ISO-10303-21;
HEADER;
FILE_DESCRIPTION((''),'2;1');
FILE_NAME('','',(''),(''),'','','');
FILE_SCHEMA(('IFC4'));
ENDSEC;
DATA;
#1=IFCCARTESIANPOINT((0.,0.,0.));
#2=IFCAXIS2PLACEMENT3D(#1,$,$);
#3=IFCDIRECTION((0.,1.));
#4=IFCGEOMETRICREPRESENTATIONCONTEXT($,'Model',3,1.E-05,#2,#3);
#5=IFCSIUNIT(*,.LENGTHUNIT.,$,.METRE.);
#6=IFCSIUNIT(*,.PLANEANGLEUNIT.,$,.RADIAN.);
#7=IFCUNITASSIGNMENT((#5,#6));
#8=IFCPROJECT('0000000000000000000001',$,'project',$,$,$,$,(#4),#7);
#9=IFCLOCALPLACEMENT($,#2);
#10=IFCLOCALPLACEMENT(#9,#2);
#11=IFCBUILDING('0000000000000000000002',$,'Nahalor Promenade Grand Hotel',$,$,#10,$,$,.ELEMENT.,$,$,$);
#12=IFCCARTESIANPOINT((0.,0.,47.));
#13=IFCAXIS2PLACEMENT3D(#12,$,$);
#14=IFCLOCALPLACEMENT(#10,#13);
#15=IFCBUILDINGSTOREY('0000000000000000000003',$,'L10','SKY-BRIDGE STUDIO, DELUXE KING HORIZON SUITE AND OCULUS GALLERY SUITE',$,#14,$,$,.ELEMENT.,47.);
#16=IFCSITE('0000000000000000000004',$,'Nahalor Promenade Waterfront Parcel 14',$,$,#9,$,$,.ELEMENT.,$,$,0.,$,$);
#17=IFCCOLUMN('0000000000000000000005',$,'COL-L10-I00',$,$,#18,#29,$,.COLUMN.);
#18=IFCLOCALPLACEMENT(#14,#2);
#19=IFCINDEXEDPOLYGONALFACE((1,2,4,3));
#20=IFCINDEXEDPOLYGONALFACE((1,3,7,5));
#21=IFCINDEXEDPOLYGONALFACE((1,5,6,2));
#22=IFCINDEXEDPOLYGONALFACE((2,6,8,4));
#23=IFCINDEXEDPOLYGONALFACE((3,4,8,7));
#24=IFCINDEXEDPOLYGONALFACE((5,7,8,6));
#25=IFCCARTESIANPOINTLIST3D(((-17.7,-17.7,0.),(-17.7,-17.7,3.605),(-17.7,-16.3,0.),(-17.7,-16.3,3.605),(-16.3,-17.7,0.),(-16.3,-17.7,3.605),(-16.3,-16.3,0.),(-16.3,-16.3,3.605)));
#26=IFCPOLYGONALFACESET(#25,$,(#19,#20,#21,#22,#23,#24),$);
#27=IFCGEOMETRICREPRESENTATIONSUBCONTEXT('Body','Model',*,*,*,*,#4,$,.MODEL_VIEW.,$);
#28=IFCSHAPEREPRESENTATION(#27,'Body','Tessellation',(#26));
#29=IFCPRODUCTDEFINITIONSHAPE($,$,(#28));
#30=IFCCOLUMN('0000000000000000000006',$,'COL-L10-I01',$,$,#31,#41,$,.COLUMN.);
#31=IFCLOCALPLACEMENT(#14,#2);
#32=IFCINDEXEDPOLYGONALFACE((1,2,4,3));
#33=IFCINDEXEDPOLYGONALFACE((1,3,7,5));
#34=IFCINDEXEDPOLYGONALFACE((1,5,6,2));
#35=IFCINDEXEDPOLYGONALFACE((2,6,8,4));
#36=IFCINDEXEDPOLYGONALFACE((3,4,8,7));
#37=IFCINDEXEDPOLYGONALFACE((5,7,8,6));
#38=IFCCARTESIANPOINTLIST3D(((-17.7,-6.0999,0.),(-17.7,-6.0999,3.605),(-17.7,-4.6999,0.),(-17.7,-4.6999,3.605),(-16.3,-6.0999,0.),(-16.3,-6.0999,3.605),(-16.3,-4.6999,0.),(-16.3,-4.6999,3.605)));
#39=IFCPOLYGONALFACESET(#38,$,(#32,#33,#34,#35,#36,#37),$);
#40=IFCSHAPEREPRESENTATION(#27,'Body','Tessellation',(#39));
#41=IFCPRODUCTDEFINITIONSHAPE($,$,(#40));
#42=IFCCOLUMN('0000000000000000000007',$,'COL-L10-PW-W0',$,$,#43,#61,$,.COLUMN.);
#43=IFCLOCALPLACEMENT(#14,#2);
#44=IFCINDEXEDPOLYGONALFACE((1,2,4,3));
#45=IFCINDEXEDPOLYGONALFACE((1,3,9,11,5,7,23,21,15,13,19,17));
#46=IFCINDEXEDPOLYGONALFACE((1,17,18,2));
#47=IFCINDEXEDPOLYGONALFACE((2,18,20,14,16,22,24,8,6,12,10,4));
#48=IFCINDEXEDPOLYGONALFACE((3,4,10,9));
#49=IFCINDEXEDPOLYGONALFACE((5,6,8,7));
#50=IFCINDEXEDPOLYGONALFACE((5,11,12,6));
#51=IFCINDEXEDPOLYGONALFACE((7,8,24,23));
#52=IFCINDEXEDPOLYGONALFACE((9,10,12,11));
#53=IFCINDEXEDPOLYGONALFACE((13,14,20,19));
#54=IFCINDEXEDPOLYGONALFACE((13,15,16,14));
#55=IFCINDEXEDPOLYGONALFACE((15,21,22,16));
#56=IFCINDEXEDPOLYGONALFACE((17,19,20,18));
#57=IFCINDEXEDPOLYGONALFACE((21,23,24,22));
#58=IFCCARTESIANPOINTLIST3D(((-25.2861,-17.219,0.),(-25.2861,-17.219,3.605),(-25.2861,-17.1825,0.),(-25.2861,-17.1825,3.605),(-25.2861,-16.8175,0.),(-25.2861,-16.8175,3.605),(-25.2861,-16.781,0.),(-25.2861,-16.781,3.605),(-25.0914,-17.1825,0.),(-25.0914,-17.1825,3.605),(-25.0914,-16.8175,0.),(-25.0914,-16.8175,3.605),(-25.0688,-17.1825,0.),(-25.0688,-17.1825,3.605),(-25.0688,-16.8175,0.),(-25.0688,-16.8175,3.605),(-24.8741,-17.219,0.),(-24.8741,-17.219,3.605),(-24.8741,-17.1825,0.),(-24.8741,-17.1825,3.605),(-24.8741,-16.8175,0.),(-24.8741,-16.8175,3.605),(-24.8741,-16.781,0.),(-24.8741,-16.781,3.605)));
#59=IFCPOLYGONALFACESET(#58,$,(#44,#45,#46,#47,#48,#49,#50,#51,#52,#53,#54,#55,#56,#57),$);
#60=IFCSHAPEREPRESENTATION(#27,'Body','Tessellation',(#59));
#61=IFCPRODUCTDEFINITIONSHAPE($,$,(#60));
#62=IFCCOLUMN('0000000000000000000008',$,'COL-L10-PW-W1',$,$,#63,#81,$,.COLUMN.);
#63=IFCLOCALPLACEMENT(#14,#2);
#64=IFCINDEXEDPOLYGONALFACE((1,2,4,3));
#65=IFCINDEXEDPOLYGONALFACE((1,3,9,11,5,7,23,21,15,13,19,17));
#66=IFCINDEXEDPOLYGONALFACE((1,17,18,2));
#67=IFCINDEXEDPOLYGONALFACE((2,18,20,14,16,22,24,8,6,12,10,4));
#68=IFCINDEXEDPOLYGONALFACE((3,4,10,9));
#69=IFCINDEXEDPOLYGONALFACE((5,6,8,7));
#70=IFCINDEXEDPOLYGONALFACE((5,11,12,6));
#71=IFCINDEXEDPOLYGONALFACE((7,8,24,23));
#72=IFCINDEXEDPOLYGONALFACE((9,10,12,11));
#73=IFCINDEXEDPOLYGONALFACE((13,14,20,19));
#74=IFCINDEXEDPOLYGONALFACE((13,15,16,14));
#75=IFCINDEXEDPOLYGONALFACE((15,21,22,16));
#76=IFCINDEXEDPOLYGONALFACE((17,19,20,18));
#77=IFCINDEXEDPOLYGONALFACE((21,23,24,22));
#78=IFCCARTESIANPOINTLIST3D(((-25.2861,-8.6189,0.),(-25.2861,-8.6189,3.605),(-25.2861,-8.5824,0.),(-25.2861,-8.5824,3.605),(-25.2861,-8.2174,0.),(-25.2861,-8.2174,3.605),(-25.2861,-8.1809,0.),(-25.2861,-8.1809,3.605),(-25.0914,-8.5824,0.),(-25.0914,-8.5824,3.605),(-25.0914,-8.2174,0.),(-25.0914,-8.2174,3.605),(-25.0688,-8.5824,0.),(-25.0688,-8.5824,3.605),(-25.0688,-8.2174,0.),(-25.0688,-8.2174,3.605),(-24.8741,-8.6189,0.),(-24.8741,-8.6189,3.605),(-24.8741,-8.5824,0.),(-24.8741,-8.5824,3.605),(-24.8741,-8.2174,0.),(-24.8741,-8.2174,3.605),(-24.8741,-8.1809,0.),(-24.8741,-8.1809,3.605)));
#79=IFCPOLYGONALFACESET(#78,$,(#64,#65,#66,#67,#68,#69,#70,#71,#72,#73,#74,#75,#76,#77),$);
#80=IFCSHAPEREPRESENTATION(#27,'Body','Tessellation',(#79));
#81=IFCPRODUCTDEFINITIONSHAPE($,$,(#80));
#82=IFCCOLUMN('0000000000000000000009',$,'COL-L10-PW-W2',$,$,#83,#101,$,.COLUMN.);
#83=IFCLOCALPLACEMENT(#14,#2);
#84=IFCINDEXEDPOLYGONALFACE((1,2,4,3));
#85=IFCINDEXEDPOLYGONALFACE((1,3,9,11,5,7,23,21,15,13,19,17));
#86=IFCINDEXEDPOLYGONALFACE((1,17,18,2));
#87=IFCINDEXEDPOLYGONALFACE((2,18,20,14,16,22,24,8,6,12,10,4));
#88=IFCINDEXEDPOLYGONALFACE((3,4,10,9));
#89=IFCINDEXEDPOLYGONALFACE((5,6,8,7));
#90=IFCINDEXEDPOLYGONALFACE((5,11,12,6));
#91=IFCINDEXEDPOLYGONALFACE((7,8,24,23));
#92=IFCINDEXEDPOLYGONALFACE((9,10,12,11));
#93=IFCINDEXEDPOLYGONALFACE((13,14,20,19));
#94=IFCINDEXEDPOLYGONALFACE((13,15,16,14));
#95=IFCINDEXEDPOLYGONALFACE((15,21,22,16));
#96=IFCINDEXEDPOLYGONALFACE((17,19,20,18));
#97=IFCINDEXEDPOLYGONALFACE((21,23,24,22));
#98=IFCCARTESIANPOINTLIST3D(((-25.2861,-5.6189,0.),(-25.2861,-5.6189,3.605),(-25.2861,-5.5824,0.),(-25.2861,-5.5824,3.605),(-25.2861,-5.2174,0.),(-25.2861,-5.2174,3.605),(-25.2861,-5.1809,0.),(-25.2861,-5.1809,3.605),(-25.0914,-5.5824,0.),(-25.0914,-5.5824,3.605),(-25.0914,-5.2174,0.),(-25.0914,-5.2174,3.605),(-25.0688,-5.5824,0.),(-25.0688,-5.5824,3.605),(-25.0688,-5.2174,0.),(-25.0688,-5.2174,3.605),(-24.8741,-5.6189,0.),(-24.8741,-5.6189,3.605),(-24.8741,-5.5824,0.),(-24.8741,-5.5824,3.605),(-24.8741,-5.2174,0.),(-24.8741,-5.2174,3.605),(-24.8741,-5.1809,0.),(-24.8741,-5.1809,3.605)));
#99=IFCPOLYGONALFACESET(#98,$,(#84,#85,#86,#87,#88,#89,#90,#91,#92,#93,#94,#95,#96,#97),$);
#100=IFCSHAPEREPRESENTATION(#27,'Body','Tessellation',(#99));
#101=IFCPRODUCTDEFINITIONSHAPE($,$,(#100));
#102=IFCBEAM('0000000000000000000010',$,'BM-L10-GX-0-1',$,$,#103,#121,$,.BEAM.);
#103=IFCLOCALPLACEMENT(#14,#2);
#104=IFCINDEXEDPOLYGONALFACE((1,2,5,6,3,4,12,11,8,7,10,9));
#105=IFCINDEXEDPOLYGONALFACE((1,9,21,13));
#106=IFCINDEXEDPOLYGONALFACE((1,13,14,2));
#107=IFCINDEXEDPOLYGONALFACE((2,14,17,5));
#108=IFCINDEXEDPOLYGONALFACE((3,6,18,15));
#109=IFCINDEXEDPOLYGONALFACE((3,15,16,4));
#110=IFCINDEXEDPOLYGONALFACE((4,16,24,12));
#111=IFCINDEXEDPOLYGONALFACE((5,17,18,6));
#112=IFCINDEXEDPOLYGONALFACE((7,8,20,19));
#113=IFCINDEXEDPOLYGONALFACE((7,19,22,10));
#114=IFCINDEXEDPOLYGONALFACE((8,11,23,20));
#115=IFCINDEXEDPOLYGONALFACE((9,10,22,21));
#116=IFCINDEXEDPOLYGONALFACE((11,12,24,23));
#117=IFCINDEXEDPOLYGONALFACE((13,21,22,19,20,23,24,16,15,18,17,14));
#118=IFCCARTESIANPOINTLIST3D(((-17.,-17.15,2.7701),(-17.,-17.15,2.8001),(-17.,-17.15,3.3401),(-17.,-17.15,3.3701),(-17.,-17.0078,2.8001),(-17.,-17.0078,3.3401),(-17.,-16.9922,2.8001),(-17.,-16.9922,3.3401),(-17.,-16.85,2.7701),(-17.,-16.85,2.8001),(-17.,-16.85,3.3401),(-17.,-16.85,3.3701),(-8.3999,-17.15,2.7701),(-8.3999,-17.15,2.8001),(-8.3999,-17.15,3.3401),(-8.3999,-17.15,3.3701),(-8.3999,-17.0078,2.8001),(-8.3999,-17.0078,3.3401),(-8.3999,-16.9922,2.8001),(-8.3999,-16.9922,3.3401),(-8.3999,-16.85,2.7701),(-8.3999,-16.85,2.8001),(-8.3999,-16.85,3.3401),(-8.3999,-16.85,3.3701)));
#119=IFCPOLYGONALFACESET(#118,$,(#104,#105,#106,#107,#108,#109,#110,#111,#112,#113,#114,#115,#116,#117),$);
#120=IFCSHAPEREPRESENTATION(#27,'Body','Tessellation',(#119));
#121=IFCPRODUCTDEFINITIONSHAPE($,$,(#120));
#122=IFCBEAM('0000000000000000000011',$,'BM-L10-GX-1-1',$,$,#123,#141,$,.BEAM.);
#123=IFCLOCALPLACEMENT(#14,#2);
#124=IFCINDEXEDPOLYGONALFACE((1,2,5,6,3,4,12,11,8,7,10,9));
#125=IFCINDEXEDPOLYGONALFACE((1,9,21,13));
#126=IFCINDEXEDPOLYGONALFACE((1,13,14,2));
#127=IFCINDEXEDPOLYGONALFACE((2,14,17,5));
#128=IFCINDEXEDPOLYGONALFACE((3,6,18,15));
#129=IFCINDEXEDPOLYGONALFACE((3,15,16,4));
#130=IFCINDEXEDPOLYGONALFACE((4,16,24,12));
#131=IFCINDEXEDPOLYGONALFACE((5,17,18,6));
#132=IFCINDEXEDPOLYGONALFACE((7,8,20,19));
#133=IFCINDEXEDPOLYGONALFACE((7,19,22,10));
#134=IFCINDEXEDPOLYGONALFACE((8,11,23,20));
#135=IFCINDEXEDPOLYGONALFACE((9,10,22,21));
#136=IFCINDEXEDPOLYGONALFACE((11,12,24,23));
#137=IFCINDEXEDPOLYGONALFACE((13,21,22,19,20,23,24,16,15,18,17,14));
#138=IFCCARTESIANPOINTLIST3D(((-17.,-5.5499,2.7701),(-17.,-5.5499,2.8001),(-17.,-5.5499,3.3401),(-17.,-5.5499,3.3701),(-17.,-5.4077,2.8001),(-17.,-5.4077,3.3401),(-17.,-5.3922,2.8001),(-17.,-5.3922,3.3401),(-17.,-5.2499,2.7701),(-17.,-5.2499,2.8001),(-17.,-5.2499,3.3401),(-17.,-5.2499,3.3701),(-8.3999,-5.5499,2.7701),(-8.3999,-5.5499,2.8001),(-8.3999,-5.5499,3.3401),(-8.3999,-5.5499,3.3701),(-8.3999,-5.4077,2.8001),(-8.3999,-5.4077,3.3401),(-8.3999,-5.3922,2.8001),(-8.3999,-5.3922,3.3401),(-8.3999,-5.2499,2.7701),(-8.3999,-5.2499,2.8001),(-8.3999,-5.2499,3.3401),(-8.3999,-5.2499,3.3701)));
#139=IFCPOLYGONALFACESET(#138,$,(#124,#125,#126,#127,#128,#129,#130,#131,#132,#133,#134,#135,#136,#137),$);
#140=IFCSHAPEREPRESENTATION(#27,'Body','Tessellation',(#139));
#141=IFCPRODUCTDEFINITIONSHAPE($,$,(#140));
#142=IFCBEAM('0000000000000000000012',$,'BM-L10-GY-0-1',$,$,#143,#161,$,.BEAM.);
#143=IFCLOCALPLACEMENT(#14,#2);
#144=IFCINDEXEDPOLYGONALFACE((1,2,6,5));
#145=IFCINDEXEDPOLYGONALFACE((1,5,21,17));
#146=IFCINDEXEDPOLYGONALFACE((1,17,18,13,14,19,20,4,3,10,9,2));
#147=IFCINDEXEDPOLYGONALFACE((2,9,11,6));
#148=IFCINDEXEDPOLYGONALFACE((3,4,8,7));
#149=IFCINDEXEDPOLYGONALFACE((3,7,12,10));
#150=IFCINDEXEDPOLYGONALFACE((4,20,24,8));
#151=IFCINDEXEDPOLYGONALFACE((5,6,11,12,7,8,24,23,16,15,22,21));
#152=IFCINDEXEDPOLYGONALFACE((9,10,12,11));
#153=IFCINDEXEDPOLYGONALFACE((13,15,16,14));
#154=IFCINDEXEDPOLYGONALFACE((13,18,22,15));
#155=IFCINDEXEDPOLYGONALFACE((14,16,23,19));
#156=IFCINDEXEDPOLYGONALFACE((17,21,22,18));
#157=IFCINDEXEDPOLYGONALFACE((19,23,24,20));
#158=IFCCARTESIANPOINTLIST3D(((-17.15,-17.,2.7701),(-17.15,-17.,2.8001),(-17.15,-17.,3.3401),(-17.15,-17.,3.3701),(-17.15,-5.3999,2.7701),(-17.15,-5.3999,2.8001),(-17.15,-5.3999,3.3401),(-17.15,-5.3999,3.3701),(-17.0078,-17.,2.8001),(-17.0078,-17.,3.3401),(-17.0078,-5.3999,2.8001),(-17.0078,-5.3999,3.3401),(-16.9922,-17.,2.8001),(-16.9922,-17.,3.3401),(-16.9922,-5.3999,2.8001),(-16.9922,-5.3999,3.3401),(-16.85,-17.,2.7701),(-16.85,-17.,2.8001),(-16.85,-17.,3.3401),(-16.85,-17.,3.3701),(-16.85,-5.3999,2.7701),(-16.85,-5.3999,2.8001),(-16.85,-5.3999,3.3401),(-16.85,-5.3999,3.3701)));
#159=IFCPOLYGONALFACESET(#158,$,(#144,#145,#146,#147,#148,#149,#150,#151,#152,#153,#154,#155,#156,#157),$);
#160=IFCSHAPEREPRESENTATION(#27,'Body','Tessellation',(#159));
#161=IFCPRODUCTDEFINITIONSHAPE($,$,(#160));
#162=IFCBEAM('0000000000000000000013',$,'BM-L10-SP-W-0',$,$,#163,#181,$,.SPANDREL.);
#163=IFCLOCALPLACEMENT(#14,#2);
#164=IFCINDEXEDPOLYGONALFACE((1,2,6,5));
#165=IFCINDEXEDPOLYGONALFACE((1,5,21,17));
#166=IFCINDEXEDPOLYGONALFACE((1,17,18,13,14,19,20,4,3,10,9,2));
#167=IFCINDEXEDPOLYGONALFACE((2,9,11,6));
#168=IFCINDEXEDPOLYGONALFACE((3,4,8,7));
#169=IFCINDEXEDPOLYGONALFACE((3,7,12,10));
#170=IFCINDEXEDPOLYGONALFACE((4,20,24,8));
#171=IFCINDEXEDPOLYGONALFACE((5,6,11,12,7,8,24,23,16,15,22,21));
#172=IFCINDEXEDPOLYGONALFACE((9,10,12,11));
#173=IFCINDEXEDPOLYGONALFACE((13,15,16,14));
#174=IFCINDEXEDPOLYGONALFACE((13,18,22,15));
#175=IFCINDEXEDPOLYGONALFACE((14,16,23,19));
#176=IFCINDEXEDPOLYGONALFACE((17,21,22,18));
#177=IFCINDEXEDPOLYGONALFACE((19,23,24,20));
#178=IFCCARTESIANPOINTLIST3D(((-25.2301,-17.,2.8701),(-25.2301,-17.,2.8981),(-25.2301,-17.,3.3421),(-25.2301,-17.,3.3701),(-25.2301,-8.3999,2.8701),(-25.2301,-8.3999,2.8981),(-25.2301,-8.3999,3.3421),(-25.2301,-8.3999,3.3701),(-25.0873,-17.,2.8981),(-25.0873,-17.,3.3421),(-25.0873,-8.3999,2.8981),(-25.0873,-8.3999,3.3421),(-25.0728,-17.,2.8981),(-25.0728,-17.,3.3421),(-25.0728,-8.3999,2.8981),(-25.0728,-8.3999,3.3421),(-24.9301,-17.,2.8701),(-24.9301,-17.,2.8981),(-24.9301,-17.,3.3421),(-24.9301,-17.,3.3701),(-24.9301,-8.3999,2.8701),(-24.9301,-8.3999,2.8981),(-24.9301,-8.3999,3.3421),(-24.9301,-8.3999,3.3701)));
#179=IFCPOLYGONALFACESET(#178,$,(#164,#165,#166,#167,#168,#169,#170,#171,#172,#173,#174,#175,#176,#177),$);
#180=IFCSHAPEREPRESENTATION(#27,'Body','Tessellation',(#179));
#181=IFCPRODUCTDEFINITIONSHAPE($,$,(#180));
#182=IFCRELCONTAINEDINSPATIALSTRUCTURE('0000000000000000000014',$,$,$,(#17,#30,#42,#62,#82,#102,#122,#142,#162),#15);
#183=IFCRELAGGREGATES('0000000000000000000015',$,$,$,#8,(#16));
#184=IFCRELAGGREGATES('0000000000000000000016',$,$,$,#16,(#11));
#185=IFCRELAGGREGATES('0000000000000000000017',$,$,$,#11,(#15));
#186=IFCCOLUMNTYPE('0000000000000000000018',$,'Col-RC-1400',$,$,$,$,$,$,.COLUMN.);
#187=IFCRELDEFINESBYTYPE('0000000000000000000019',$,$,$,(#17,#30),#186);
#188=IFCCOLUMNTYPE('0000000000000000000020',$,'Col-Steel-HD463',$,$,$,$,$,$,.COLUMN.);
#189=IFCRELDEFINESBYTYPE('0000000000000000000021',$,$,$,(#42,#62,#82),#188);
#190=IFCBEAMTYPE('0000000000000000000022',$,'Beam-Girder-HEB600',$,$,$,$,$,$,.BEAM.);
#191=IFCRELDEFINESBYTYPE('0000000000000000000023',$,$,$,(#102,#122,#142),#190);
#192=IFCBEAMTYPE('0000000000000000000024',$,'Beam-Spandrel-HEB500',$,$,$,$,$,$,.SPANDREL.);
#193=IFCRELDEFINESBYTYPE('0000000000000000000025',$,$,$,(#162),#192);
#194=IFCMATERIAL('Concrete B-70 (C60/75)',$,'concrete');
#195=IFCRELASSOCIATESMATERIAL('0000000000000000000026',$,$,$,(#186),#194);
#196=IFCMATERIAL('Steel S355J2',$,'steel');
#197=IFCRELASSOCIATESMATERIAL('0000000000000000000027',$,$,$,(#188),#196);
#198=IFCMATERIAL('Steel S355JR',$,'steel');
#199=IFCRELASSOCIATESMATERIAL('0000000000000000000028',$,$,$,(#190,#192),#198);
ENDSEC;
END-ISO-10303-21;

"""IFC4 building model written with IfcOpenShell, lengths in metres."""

from ifc_helpers import new_model, si_unit, direction, frame, origin, origin_2d, place, context, subcontext, project, spatial, rectangle, i_section, extrude, source, transform, mapped, material, material_profile, profile_set, type_object, element, save


model = new_model("IFC4")

# Units and contexts
model_context = context("Model", 3, precision=1e-05, world=origin(), true_north=direction((0.0, 1.0)))
body_context = subcontext(model_context, "Body", "Model", "MODEL_VIEW")
ifc_project = project(units=[si_unit("LENGTHUNIT", "METRE"), si_unit("PLANEANGLEUNIT", "RADIAN")], contexts=[model_context])

# Site, building, storey
site_placement = place(None, origin())
site = spatial("IfcSite", under=ifc_project, at=site_placement, Name="Nahalor Promenade Waterfront Parcel 14", CompositionType="ELEMENT", RefElevation=0.0)
building_placement = place(site_placement, origin())
building = spatial("IfcBuilding", under=site, at=building_placement, Name="Nahalor Promenade Grand Hotel", CompositionType="ELEMENT")
storey_placement = place(building_placement, frame((0.0, 0.0, 47.0)))
storey = spatial("IfcBuildingStorey", under=building, at=storey_placement, Name="L10", Description="SKY-BRIDGE STUDIO, DELUXE KING HORIZON SUITE AND OCULUS GALLERY SUITE", CompositionType="ELEMENT", Elevation=47.0)

# Columns
ifc_material_1 = material(Name="Concrete B-70 (C60/75)", Category="concrete")
ifc_material_profile_1 = material_profile(ifc_material_1, rectangle(XDim=1.4, YDim=1.4, at=origin_2d()), Name="RC 1400x1400")
ifc_profile_set_1 = profile_set([ifc_material_profile_1], Name="Concrete B-70 (C60/75)")
column_type_1 = type_object("IfcColumnType", Name="Col-RC-1400", PredefinedType="COLUMN", material=ifc_profile_set_1)
shared_shape_1 = source(origin(), body_context, "Body", "SweptSolid", [
    extrude(rectangle(XDim=1.4, YDim=1.4, at=origin_2d()), origin(), (0.0, 0.0, 1.0), 3.605),
])
for number, where, z_axis, x_axis, name in (
    (1, (-17.0, -17.0, 0.0), (0.0, 0.0, 1.0), (1.0, 0.0, 0.0), "COL-L10-I00"),
    (2, (-17.0, -5.3999, 0.0), (0.0, 0.0, 1.0), (1.0, 0.0, 0.0), "COL-L10-I01"),
):
    element("IfcColumn", number, at=place(storey_placement, frame(where, z_axis=z_axis, x_axis=x_axis)), inside=storey, type_object=column_type_1, Name=name, PredefinedType="COLUMN", context=body_context, shape_type="MappedRepresentation", body=[
        mapped(shared_shape_1, transform((0.0, 0.0, 0.0), scale=1.0)),
    ])
ifc_material_2 = material(Name="Steel S355J2", Category="steel")
ifc_material_profile_2 = material_profile(ifc_material_2, i_section(OverallWidth=0.412, OverallDepth=0.438, WebThickness=0.0226, FlangeThickness=0.0365, at=origin_2d()), Name="HD 400x463")
ifc_profile_set_2 = profile_set([ifc_material_profile_2], Name="Steel S355J2")
column_type_2 = type_object("IfcColumnType", Name="Col-Steel-HD463", PredefinedType="COLUMN", material=ifc_profile_set_2)
shared_shape_2 = source(origin(), body_context, "Body", "SweptSolid", [
    extrude(i_section(OverallWidth=0.412, OverallDepth=0.438, WebThickness=0.0226, FlangeThickness=0.0365, at=origin_2d()), origin(), (0.0, 0.0, 1.0), 3.605),
])
for number, where, z_axis, x_axis, name in (
    (3, (-25.0801, -17.0, 0.0), (0.0, 0.0, 1.0), (1.0, 0.0, 0.0), "COL-L10-PW-W0"),
    (4, (-25.0801, -8.3999, 0.0), (0.0, 0.0, 1.0), (1.0, 0.0, 0.0), "COL-L10-PW-W1"),
    (5, (-25.0801, -5.3999, 0.0), (0.0, 0.0, 1.0), (1.0, 0.0, 0.0), "COL-L10-PW-W2"),
):
    element("IfcColumn", number, at=place(storey_placement, frame(where, z_axis=z_axis, x_axis=x_axis)), inside=storey, type_object=column_type_2, Name=name, PredefinedType="COLUMN", context=body_context, shape_type="MappedRepresentation", body=[
        mapped(shared_shape_2, transform((0.0, 0.0, 0.0), scale=1.0)),
    ])

# Beams
ifc_material_3 = material(Name="Steel S355JR", Category="steel")
ifc_material_profile_3 = material_profile(ifc_material_3, i_section(OverallWidth=0.3, OverallDepth=0.6, WebThickness=0.0155, FlangeThickness=0.03, at=origin_2d()), Name="HEB 600")
ifc_profile_set_3 = profile_set([ifc_material_profile_3], Name="Steel S355JR")
beam_type_1 = type_object("IfcBeamType", Name="Beam-Girder-HEB600", PredefinedType="BEAM", material=ifc_profile_set_3)
shared_shape_3 = source(origin(), body_context, "Body", "SweptSolid", [
    extrude(i_section(OverallWidth=0.3, OverallDepth=0.6, WebThickness=0.0155, FlangeThickness=0.03, at=origin_2d()), origin(), (0.0, 0.0, 1.0), 8.6001),
])
for number, where, z_axis, x_axis, name in (
    (6, (-17.0, -17.0, 3.0701), (1.0, 0.0, 0.0), (0.0, 1.0, 0.0), "BM-L10-GX-0-1"),
    (7, (-17.0, -5.3999, 3.0701), (1.0, 0.0, 0.0), (0.0, 1.0, 0.0), "BM-L10-GX-1-1"),
):
    element("IfcBeam", number, at=place(storey_placement, frame(where, z_axis=z_axis, x_axis=x_axis)), inside=storey, type_object=beam_type_1, Name=name, PredefinedType="BEAM", context=body_context, shape_type="MappedRepresentation", body=[
        mapped(shared_shape_3, transform((0.0, 0.0, 0.0), scale=1.0)),
    ])
shared_shape_4 = source(origin(), body_context, "Body", "SweptSolid", [
    extrude(i_section(OverallWidth=0.3, OverallDepth=0.6, WebThickness=0.0155, FlangeThickness=0.03, at=origin_2d()), origin(), (0.0, 0.0, 1.0), 11.6001),
])
beam_1_placement = place(storey_placement, frame((-17.0, -17.0, 3.0701), z_axis=(0.0, 1.0, 0.0), x_axis=(-1.0, 0.0, 0.0)))
element("IfcBeam", 8, at=beam_1_placement, inside=storey, type_object=beam_type_1, Name="BM-L10-GY-0-1", PredefinedType="BEAM", context=body_context, shape_type="MappedRepresentation", body=[
    mapped(shared_shape_4, transform((0.0, 0.0, 0.0), scale=1.0)),
])
ifc_material_profile_4 = material_profile(ifc_material_3, i_section(OverallWidth=0.3, OverallDepth=0.5, WebThickness=0.0145, FlangeThickness=0.028, at=origin_2d()), Name="HEB 500")
ifc_profile_set_4 = profile_set([ifc_material_profile_4], Name="Steel S355JR")
beam_type_2 = type_object("IfcBeamType", Name="Beam-Spandrel-HEB500", PredefinedType="SPANDREL", material=ifc_profile_set_4)
shared_shape_5 = source(origin(), body_context, "Body", "SweptSolid", [
    extrude(i_section(OverallWidth=0.3, OverallDepth=0.5, WebThickness=0.0145, FlangeThickness=0.028, at=origin_2d()), origin(), (0.0, 0.0, 1.0), 8.6001),
])
beam_2_placement = place(storey_placement, frame((-25.0801, -17.0, 3.1201), z_axis=(0.0, 1.0, 0.0), x_axis=(-1.0, 0.0, 0.0)))
element("IfcBeam", 9, at=beam_2_placement, inside=storey, type_object=beam_type_2, Name="BM-L10-SP-W-0", PredefinedType="SPANDREL", context=body_context, shape_type="MappedRepresentation", body=[
    mapped(shared_shape_5, transform((0.0, 0.0, 0.0), scale=1.0)),
])

save(model, "model.ifc")
